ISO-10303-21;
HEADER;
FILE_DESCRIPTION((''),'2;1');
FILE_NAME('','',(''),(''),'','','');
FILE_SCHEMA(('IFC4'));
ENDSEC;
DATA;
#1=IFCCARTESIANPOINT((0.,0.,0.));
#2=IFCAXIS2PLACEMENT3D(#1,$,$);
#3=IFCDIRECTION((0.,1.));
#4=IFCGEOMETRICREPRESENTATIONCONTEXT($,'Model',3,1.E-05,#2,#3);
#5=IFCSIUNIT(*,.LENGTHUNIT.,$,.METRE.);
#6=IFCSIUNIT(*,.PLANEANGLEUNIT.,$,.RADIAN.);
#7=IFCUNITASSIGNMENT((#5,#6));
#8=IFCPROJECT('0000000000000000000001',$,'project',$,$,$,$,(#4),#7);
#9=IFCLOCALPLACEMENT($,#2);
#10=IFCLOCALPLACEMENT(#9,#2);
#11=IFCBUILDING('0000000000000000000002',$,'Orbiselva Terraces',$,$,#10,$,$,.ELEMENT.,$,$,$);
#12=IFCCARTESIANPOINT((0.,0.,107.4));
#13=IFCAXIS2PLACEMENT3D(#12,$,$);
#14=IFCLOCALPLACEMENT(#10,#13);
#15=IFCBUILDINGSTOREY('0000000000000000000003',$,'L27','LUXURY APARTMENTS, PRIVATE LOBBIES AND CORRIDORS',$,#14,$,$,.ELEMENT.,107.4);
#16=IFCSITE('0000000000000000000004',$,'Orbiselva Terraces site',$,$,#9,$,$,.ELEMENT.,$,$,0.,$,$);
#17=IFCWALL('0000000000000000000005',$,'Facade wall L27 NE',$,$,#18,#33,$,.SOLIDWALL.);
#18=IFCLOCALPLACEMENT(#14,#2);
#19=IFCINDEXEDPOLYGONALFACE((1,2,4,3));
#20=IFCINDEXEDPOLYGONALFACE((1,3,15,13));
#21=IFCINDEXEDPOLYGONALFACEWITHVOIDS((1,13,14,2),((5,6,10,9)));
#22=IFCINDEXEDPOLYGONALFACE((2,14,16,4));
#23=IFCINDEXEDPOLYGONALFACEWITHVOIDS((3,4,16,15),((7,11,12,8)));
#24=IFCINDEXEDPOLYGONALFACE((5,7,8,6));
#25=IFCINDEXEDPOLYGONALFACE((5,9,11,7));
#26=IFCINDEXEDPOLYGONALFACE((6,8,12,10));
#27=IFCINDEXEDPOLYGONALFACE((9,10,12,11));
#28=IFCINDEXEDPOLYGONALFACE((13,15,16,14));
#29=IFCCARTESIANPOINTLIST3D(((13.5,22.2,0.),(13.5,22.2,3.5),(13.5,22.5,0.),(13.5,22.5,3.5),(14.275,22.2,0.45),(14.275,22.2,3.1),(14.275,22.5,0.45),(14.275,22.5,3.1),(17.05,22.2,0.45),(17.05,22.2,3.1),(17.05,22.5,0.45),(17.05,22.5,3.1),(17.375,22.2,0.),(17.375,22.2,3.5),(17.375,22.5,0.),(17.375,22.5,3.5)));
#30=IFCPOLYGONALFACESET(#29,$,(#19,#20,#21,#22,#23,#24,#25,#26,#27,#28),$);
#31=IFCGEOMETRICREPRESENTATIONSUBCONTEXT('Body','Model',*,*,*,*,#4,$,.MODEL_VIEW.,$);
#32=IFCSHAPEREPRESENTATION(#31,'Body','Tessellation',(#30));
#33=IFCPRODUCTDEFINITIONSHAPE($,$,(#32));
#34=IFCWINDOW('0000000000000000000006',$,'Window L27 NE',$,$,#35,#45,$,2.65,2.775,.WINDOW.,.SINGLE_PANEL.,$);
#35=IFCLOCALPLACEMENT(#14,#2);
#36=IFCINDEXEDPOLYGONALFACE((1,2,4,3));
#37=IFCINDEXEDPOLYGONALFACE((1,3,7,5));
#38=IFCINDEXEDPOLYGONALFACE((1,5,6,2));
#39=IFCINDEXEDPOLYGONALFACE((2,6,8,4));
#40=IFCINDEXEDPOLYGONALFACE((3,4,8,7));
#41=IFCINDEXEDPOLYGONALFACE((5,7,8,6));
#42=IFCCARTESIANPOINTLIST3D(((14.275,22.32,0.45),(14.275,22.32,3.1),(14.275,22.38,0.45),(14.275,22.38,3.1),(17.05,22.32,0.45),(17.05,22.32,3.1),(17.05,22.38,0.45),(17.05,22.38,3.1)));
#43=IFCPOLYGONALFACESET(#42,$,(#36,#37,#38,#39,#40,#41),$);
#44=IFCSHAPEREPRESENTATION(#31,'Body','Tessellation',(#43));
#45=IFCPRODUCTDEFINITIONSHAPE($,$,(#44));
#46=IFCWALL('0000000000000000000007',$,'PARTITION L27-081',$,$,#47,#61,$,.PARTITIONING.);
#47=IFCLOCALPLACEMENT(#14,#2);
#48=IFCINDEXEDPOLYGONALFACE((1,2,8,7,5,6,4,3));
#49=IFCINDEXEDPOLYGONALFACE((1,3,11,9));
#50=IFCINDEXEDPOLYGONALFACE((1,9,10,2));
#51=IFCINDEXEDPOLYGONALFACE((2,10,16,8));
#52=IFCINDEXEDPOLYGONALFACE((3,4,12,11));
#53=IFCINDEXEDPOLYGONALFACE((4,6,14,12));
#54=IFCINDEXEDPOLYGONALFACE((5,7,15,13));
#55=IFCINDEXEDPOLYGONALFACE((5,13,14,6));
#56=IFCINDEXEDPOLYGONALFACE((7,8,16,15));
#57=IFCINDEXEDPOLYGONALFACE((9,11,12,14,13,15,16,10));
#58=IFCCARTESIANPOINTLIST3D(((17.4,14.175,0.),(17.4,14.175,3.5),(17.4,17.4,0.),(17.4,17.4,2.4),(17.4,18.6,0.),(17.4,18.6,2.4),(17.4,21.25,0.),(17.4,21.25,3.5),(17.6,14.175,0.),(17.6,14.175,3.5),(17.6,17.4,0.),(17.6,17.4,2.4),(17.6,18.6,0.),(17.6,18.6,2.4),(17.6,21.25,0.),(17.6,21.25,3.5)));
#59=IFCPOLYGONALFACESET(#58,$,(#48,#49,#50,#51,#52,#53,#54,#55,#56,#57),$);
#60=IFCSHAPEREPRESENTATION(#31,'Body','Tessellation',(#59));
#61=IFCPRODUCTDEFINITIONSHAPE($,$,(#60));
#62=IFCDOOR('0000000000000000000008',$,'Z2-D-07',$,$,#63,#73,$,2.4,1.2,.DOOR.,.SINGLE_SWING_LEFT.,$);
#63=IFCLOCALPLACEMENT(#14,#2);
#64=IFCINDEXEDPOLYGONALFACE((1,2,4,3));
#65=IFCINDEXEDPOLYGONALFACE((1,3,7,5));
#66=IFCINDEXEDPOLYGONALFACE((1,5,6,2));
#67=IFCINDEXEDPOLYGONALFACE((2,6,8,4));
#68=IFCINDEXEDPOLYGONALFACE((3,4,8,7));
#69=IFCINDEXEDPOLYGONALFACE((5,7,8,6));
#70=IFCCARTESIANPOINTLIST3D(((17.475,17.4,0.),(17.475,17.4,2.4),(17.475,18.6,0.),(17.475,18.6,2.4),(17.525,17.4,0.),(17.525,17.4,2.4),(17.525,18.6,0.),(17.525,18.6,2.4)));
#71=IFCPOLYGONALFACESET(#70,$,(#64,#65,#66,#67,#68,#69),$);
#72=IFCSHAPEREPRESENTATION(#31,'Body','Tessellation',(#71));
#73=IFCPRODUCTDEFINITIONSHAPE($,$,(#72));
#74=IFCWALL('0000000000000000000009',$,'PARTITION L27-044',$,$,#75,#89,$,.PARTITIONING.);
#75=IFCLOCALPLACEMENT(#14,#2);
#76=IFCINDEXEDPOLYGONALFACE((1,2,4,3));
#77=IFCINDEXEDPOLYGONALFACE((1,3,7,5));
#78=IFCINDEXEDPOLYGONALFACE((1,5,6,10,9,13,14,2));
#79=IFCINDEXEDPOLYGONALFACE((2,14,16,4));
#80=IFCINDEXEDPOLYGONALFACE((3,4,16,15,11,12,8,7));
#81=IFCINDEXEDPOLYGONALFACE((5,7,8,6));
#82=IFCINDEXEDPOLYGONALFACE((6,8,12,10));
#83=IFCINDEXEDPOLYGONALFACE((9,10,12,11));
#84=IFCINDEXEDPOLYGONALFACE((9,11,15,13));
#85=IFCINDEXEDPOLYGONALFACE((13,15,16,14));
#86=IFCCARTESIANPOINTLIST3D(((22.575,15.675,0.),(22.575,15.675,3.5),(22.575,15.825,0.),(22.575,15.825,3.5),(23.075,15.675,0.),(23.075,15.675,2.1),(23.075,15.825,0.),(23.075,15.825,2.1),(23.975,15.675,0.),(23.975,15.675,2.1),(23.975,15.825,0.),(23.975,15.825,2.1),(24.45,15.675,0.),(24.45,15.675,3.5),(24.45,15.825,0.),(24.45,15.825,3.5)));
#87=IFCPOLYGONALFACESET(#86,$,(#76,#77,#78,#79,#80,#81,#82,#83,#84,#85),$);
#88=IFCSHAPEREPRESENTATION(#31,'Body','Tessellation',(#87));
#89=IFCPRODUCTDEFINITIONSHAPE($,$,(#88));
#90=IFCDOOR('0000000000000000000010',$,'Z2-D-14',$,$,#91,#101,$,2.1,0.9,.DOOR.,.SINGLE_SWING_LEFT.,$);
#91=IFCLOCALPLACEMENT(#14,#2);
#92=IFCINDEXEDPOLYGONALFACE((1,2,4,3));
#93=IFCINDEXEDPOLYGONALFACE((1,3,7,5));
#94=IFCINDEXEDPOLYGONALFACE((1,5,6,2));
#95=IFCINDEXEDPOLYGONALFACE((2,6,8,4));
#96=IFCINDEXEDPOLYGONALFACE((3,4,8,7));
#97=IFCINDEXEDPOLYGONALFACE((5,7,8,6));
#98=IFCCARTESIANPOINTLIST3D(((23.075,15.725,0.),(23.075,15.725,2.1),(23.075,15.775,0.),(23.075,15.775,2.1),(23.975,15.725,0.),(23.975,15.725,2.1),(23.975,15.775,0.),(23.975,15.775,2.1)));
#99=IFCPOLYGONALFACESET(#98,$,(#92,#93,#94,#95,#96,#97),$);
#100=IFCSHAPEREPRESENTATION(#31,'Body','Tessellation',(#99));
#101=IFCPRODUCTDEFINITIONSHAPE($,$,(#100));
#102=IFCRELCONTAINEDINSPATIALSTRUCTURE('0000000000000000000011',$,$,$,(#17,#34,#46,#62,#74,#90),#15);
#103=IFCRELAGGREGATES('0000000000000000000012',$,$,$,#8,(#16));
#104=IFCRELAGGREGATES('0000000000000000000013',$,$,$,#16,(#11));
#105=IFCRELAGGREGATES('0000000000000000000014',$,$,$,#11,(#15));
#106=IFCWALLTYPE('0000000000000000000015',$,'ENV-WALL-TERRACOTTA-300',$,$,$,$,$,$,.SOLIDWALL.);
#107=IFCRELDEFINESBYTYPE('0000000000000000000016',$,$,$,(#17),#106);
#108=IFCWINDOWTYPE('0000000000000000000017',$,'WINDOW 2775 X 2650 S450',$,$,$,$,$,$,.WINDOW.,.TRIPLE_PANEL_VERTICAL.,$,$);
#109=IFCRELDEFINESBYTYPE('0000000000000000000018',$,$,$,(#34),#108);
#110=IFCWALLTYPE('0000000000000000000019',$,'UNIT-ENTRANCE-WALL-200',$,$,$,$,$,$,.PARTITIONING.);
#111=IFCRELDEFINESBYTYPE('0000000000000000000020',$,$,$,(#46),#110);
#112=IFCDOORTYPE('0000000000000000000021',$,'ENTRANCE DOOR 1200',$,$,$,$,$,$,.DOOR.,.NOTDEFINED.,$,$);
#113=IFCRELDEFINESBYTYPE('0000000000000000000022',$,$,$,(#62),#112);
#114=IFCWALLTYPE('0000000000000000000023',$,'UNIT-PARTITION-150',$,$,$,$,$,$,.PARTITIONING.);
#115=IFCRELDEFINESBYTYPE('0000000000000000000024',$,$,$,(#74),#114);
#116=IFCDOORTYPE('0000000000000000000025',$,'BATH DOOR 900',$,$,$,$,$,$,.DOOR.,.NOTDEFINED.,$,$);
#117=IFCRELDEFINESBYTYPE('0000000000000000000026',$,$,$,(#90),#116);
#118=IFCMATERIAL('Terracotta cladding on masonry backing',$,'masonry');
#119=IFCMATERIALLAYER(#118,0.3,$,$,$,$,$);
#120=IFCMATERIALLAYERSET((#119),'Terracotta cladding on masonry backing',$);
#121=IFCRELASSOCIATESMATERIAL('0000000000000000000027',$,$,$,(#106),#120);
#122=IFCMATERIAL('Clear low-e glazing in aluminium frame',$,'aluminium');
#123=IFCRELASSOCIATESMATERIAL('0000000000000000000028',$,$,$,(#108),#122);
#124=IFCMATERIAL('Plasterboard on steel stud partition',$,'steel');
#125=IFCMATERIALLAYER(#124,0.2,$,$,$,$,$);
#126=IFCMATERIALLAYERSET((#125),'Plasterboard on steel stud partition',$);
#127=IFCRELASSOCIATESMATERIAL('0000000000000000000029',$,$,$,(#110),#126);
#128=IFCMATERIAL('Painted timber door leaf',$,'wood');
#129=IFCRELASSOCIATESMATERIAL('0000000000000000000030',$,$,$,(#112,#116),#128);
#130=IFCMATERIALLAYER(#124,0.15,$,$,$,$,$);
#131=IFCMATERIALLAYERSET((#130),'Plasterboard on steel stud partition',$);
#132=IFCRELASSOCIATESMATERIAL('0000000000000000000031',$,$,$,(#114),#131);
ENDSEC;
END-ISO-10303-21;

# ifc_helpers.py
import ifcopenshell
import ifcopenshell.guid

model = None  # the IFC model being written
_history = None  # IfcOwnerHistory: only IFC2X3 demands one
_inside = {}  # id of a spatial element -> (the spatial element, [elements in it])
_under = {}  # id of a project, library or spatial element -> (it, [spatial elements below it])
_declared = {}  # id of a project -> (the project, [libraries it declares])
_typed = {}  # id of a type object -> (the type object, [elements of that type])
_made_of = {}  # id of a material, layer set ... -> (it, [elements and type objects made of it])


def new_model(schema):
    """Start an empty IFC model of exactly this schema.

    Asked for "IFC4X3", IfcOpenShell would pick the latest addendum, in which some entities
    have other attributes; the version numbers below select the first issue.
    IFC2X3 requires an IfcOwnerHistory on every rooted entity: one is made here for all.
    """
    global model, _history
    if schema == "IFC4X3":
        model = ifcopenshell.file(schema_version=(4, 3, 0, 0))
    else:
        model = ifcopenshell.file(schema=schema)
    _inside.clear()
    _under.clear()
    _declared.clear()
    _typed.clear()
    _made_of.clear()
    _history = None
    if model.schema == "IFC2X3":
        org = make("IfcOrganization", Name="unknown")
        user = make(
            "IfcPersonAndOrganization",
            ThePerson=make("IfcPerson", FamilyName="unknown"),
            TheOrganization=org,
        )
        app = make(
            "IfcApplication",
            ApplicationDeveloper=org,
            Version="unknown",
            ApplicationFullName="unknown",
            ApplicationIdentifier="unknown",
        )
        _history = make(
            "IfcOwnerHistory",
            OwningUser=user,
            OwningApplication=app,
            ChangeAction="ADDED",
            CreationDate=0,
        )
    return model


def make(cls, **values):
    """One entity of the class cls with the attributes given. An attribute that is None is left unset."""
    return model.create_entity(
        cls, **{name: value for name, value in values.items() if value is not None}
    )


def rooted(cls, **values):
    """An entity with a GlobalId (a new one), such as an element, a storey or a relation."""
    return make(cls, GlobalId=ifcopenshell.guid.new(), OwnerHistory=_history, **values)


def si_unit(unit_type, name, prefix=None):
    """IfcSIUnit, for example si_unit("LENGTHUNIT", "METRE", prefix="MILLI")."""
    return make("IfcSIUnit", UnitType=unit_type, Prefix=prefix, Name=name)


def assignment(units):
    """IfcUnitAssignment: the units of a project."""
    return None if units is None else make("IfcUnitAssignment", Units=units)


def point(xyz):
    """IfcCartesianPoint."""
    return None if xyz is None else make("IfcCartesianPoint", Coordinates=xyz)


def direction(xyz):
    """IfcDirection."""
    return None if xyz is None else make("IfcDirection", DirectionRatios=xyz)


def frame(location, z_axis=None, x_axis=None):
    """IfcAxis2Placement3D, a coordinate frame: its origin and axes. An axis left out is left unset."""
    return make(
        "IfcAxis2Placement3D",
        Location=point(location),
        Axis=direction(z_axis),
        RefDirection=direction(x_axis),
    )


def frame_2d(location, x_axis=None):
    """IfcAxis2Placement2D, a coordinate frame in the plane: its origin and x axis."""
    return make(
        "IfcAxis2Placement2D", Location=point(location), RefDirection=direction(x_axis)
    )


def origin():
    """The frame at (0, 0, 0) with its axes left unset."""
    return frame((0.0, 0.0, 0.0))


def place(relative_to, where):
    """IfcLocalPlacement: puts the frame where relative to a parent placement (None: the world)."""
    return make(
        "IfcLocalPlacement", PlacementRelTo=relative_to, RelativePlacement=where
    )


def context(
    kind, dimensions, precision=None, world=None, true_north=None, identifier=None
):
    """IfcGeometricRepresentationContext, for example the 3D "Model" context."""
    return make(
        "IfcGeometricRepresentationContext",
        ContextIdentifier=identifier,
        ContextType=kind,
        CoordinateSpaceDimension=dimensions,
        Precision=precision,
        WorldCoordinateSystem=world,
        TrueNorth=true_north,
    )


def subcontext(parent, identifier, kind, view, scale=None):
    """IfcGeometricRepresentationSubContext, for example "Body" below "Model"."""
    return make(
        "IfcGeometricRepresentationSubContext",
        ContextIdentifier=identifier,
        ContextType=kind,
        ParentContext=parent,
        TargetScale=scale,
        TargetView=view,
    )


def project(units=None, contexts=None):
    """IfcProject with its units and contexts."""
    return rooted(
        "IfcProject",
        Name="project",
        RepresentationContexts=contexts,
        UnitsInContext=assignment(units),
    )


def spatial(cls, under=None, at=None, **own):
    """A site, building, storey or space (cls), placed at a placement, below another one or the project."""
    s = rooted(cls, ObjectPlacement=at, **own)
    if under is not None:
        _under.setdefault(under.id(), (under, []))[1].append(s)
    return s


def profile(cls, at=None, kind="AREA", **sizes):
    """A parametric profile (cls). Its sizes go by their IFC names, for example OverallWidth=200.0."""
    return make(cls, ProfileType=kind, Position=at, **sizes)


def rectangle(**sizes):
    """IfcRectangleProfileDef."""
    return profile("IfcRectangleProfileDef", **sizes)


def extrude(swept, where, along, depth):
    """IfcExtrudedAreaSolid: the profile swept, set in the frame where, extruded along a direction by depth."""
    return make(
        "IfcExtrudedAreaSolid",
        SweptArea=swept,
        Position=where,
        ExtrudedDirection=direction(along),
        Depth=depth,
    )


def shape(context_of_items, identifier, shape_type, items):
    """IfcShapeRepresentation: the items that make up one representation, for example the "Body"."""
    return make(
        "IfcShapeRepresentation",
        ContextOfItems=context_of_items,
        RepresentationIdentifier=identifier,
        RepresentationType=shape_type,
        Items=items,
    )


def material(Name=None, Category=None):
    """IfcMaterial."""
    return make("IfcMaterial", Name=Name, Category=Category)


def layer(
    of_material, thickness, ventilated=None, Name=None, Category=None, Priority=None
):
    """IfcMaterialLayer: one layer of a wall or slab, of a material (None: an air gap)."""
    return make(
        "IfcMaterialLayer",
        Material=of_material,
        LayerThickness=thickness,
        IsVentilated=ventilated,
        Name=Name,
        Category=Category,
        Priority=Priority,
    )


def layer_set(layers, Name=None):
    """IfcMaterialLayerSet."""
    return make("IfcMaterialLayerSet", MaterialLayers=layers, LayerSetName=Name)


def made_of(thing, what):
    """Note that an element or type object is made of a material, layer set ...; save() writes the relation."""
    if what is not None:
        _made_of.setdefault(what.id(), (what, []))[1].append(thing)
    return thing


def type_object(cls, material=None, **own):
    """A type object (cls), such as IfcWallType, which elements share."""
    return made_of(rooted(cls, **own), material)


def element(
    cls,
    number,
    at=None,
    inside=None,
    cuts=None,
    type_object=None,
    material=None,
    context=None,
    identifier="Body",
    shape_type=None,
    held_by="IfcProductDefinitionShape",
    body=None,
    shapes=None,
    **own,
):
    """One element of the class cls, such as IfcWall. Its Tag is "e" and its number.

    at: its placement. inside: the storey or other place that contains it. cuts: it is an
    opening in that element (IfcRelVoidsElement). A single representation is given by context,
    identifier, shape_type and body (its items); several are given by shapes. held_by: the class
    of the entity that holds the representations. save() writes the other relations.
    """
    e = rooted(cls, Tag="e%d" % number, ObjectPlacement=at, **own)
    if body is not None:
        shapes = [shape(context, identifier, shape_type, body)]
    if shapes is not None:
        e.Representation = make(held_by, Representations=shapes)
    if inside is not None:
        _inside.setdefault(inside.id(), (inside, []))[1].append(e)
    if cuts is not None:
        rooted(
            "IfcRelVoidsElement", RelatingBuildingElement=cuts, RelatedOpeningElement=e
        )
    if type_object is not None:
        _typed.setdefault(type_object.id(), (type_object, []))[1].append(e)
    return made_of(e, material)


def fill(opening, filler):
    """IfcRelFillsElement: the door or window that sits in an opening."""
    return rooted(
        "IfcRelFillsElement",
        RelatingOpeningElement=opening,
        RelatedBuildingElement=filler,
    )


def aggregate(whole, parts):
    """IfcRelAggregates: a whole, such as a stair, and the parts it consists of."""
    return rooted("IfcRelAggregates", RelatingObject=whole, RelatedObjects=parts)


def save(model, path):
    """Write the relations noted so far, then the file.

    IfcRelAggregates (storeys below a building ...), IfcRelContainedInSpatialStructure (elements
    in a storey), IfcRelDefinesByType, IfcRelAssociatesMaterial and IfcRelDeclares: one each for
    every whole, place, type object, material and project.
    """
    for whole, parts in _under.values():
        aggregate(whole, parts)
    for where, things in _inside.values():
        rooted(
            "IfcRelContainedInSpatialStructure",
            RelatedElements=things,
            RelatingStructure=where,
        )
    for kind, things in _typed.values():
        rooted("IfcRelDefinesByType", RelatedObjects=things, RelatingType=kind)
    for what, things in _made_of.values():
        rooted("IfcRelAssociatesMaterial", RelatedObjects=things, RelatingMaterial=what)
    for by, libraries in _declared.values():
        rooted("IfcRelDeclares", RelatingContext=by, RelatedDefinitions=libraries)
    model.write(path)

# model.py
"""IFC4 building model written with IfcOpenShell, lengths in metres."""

from ifc_helpers import new_model, si_unit, direction, frame, frame_2d, origin, place, context, subcontext, project, spatial, rectangle, extrude, material, layer, layer_set, type_object, element, fill, save


model = new_model("IFC4")

# Units and contexts
model_context = context("Model", 3, precision=1e-05, world=origin(), true_north=direction((0.0, 1.0)))
body_context = subcontext(model_context, "Body", "Model", "MODEL_VIEW")
ifc_project = project(units=[si_unit("LENGTHUNIT", "METRE"), si_unit("PLANEANGLEUNIT", "RADIAN")], contexts=[model_context])

# Site, building, storey
site_placement = place(None, origin())
site = spatial("IfcSite", under=ifc_project, at=site_placement, Name="Orbiselva Terraces site", CompositionType="ELEMENT", RefElevation=0.0)
building_placement = place(site_placement, origin())
building = spatial("IfcBuilding", under=site, at=building_placement, Name="Orbiselva Terraces", CompositionType="ELEMENT")
storey_placement = place(building_placement, frame((0.0, 0.0, 107.4)))
storey = spatial("IfcBuildingStorey", under=building, at=storey_placement, Name="L27", Description="LUXURY APARTMENTS, PRIVATE LOBBIES AND CORRIDORS", CompositionType="ELEMENT", Elevation=107.4)

# Shared definitions
ifc_material_1 = material(Name="Terracotta cladding on masonry backing", Category="masonry")
ifc_layer_1 = layer(ifc_material_1, 0.3)
ifc_layer_set_1 = layer_set([ifc_layer_1], Name="Terracotta cladding on masonry backing")
wall_type_1 = type_object("IfcWallType", Name="ENV-WALL-TERRACOTTA-300", PredefinedType="SOLIDWALL", material=ifc_layer_set_1)
ifc_material_2 = material(Name="Clear low-e glazing in aluminium frame", Category="aluminium")

# Wall, opening, window
wall_1_placement = place(storey_placement, frame((13.5, 22.35, 0.0), z_axis=(0.0, 0.0, 1.0), x_axis=(1.0, 0.0, 0.0)))
wall_1 = element("IfcWall", 1, at=wall_1_placement, inside=storey, type_object=wall_type_1, Name="Facade wall L27 NE", PredefinedType="SOLIDWALL", context=body_context, shape_type="SweptSolid", body=[
    extrude(rectangle(XDim=3.875, YDim=0.3, at=frame_2d((1.9375, 0.0))), origin(), (0.0, 0.0, 1.0), 3.5),
])
opening_1_placement = place(wall_1_placement, frame((0.775, 0.0, 0.45)))
opening_1 = element("IfcOpeningElement", 2, at=opening_1_placement, cuts=wall_1, PredefinedType="OPENING", context=body_context, shape_type="SweptSolid", body=[
    extrude(rectangle(XDim=2.775, YDim=2.65, at=frame_2d((1.3875, 1.325))), frame((0.0, 0.16, 0.0), z_axis=(0.0, -1.0, 0.0), x_axis=(1.0, 0.0, 0.0)), (0.0, 0.0, 1.0), 0.32),
])
window_type = type_object("IfcWindowType", Name="WINDOW 2775 X 2650 S450", PartitioningType="TRIPLE_PANEL_VERTICAL", PredefinedType="WINDOW", material=ifc_material_2)
window_placement = place(opening_1_placement, origin())
window = element("IfcWindow", 3, at=window_placement, inside=storey, type_object=window_type, Name="Window L27 NE", OverallHeight=2.65, OverallWidth=2.775, PartitioningType="SINGLE_PANEL", PredefinedType="WINDOW", context=body_context, shape_type="SweptSolid", body=[
    extrude(rectangle(XDim=2.775, YDim=2.65, at=frame_2d((1.3875, 1.325))), frame((0.0, 0.03, 0.0), z_axis=(0.0, -1.0, 0.0), x_axis=(1.0, 0.0, 0.0)), (0.0, 0.0, 1.0), 0.06),
])
fill(opening_1, window)

# Walls, openings, doors
ifc_material_3 = material(Name="Plasterboard on steel stud partition", Category="steel")
ifc_layer_2 = layer(ifc_material_3, 0.2)
ifc_layer_set_2 = layer_set([ifc_layer_2], Name="Plasterboard on steel stud partition")
wall_type_2 = type_object("IfcWallType", Name="UNIT-ENTRANCE-WALL-200", PredefinedType="PARTITIONING", material=ifc_layer_set_2)
wall_2_placement = place(storey_placement, frame((17.5, 21.25, 0.0), z_axis=(0.0, 0.0, 1.0), x_axis=(0.0, -1.0, 0.0)))
wall_2 = element("IfcWall", 4, at=wall_2_placement, inside=storey, type_object=wall_type_2, Name="PARTITION L27-081", PredefinedType="PARTITIONING", context=body_context, shape_type="SweptSolid", body=[
    extrude(rectangle(XDim=7.075, YDim=0.2, at=frame_2d((3.5375, 0.0))), origin(), (0.0, 0.0, 1.0), 3.5),
])
opening_2_placement = place(wall_2_placement, frame((2.65, 0.0, 0.0)))
opening_2 = element("IfcOpeningElement", 5, at=opening_2_placement, cuts=wall_2, PredefinedType="OPENING", context=body_context, shape_type="SweptSolid", body=[
    extrude(rectangle(XDim=1.2, YDim=2.4, at=frame_2d((0.6, 1.2))), frame((0.0, 0.11, 0.0), z_axis=(0.0, -1.0, 0.0), x_axis=(1.0, 0.0, 0.0)), (0.0, 0.0, 1.0), 0.22),
])
ifc_material_4 = material(Name="Painted timber door leaf", Category="wood")
door_type_1 = type_object("IfcDoorType", Name="ENTRANCE DOOR 1200", OperationType="NOTDEFINED", PredefinedType="DOOR", material=ifc_material_4)
door_1_placement = place(opening_2_placement, origin())
door_1 = element("IfcDoor", 6, at=door_1_placement, inside=storey, type_object=door_type_1, Name="Z2-D-07", OperationType="SINGLE_SWING_LEFT", OverallHeight=2.4, OverallWidth=1.2, PredefinedType="DOOR", context=body_context, shape_type="SweptSolid", body=[
    extrude(rectangle(XDim=1.2, YDim=2.4, at=frame_2d((0.6, 1.2))), frame((0.0, 0.025, 0.0), z_axis=(0.0, -1.0, 0.0), x_axis=(1.0, 0.0, 0.0)), (0.0, 0.0, 1.0), 0.05),
])
fill(opening_2, door_1)
ifc_layer_3 = layer(ifc_material_3, 0.15)
ifc_layer_set_3 = layer_set([ifc_layer_3], Name="Plasterboard on steel stud partition")
wall_type_3 = type_object("IfcWallType", Name="UNIT-PARTITION-150", PredefinedType="PARTITIONING", material=ifc_layer_set_3)
wall_3_placement = place(storey_placement, frame((24.45, 15.75, 0.0), z_axis=(0.0, 0.0, 1.0), x_axis=(-1.0, 0.0, 0.0)))
wall_3 = element("IfcWall", 7, at=wall_3_placement, inside=storey, type_object=wall_type_3, Name="PARTITION L27-044", PredefinedType="PARTITIONING", context=body_context, shape_type="SweptSolid", body=[
    extrude(rectangle(XDim=1.875, YDim=0.15, at=frame_2d((0.9375, 0.0))), origin(), (0.0, 0.0, 1.0), 3.5),
])
opening_3_placement = place(wall_3_placement, frame((0.475, 0.0, 0.0)))
opening_3 = element("IfcOpeningElement", 8, at=opening_3_placement, cuts=wall_3, PredefinedType="OPENING", context=body_context, shape_type="SweptSolid", body=[
    extrude(rectangle(XDim=0.9, YDim=2.1, at=frame_2d((0.45, 1.05))), frame((0.0, 0.085, 0.0), z_axis=(0.0, -1.0, 0.0), x_axis=(1.0, 0.0, 0.0)), (0.0, 0.0, 1.0), 0.17),
])
door_type_2 = type_object("IfcDoorType", Name="BATH DOOR 900", OperationType="NOTDEFINED", PredefinedType="DOOR", material=ifc_material_4)
door_2_placement = place(opening_3_placement, origin())
door_2 = element("IfcDoor", 9, at=door_2_placement, inside=storey, type_object=door_type_2, Name="Z2-D-14", OperationType="SINGLE_SWING_LEFT", OverallHeight=2.1, OverallWidth=0.9, PredefinedType="DOOR", context=body_context, shape_type="SweptSolid", body=[
    extrude(rectangle(XDim=0.9, YDim=2.1, at=frame_2d((0.45, 1.05))), frame((0.0, 0.025, 0.0), z_axis=(0.0, -1.0, 0.0), x_axis=(1.0, 0.0, 0.0)), (0.0, 0.0, 1.0), 0.05),
])
fill(opening_3, door_2)

save(model, "model.ifc")
